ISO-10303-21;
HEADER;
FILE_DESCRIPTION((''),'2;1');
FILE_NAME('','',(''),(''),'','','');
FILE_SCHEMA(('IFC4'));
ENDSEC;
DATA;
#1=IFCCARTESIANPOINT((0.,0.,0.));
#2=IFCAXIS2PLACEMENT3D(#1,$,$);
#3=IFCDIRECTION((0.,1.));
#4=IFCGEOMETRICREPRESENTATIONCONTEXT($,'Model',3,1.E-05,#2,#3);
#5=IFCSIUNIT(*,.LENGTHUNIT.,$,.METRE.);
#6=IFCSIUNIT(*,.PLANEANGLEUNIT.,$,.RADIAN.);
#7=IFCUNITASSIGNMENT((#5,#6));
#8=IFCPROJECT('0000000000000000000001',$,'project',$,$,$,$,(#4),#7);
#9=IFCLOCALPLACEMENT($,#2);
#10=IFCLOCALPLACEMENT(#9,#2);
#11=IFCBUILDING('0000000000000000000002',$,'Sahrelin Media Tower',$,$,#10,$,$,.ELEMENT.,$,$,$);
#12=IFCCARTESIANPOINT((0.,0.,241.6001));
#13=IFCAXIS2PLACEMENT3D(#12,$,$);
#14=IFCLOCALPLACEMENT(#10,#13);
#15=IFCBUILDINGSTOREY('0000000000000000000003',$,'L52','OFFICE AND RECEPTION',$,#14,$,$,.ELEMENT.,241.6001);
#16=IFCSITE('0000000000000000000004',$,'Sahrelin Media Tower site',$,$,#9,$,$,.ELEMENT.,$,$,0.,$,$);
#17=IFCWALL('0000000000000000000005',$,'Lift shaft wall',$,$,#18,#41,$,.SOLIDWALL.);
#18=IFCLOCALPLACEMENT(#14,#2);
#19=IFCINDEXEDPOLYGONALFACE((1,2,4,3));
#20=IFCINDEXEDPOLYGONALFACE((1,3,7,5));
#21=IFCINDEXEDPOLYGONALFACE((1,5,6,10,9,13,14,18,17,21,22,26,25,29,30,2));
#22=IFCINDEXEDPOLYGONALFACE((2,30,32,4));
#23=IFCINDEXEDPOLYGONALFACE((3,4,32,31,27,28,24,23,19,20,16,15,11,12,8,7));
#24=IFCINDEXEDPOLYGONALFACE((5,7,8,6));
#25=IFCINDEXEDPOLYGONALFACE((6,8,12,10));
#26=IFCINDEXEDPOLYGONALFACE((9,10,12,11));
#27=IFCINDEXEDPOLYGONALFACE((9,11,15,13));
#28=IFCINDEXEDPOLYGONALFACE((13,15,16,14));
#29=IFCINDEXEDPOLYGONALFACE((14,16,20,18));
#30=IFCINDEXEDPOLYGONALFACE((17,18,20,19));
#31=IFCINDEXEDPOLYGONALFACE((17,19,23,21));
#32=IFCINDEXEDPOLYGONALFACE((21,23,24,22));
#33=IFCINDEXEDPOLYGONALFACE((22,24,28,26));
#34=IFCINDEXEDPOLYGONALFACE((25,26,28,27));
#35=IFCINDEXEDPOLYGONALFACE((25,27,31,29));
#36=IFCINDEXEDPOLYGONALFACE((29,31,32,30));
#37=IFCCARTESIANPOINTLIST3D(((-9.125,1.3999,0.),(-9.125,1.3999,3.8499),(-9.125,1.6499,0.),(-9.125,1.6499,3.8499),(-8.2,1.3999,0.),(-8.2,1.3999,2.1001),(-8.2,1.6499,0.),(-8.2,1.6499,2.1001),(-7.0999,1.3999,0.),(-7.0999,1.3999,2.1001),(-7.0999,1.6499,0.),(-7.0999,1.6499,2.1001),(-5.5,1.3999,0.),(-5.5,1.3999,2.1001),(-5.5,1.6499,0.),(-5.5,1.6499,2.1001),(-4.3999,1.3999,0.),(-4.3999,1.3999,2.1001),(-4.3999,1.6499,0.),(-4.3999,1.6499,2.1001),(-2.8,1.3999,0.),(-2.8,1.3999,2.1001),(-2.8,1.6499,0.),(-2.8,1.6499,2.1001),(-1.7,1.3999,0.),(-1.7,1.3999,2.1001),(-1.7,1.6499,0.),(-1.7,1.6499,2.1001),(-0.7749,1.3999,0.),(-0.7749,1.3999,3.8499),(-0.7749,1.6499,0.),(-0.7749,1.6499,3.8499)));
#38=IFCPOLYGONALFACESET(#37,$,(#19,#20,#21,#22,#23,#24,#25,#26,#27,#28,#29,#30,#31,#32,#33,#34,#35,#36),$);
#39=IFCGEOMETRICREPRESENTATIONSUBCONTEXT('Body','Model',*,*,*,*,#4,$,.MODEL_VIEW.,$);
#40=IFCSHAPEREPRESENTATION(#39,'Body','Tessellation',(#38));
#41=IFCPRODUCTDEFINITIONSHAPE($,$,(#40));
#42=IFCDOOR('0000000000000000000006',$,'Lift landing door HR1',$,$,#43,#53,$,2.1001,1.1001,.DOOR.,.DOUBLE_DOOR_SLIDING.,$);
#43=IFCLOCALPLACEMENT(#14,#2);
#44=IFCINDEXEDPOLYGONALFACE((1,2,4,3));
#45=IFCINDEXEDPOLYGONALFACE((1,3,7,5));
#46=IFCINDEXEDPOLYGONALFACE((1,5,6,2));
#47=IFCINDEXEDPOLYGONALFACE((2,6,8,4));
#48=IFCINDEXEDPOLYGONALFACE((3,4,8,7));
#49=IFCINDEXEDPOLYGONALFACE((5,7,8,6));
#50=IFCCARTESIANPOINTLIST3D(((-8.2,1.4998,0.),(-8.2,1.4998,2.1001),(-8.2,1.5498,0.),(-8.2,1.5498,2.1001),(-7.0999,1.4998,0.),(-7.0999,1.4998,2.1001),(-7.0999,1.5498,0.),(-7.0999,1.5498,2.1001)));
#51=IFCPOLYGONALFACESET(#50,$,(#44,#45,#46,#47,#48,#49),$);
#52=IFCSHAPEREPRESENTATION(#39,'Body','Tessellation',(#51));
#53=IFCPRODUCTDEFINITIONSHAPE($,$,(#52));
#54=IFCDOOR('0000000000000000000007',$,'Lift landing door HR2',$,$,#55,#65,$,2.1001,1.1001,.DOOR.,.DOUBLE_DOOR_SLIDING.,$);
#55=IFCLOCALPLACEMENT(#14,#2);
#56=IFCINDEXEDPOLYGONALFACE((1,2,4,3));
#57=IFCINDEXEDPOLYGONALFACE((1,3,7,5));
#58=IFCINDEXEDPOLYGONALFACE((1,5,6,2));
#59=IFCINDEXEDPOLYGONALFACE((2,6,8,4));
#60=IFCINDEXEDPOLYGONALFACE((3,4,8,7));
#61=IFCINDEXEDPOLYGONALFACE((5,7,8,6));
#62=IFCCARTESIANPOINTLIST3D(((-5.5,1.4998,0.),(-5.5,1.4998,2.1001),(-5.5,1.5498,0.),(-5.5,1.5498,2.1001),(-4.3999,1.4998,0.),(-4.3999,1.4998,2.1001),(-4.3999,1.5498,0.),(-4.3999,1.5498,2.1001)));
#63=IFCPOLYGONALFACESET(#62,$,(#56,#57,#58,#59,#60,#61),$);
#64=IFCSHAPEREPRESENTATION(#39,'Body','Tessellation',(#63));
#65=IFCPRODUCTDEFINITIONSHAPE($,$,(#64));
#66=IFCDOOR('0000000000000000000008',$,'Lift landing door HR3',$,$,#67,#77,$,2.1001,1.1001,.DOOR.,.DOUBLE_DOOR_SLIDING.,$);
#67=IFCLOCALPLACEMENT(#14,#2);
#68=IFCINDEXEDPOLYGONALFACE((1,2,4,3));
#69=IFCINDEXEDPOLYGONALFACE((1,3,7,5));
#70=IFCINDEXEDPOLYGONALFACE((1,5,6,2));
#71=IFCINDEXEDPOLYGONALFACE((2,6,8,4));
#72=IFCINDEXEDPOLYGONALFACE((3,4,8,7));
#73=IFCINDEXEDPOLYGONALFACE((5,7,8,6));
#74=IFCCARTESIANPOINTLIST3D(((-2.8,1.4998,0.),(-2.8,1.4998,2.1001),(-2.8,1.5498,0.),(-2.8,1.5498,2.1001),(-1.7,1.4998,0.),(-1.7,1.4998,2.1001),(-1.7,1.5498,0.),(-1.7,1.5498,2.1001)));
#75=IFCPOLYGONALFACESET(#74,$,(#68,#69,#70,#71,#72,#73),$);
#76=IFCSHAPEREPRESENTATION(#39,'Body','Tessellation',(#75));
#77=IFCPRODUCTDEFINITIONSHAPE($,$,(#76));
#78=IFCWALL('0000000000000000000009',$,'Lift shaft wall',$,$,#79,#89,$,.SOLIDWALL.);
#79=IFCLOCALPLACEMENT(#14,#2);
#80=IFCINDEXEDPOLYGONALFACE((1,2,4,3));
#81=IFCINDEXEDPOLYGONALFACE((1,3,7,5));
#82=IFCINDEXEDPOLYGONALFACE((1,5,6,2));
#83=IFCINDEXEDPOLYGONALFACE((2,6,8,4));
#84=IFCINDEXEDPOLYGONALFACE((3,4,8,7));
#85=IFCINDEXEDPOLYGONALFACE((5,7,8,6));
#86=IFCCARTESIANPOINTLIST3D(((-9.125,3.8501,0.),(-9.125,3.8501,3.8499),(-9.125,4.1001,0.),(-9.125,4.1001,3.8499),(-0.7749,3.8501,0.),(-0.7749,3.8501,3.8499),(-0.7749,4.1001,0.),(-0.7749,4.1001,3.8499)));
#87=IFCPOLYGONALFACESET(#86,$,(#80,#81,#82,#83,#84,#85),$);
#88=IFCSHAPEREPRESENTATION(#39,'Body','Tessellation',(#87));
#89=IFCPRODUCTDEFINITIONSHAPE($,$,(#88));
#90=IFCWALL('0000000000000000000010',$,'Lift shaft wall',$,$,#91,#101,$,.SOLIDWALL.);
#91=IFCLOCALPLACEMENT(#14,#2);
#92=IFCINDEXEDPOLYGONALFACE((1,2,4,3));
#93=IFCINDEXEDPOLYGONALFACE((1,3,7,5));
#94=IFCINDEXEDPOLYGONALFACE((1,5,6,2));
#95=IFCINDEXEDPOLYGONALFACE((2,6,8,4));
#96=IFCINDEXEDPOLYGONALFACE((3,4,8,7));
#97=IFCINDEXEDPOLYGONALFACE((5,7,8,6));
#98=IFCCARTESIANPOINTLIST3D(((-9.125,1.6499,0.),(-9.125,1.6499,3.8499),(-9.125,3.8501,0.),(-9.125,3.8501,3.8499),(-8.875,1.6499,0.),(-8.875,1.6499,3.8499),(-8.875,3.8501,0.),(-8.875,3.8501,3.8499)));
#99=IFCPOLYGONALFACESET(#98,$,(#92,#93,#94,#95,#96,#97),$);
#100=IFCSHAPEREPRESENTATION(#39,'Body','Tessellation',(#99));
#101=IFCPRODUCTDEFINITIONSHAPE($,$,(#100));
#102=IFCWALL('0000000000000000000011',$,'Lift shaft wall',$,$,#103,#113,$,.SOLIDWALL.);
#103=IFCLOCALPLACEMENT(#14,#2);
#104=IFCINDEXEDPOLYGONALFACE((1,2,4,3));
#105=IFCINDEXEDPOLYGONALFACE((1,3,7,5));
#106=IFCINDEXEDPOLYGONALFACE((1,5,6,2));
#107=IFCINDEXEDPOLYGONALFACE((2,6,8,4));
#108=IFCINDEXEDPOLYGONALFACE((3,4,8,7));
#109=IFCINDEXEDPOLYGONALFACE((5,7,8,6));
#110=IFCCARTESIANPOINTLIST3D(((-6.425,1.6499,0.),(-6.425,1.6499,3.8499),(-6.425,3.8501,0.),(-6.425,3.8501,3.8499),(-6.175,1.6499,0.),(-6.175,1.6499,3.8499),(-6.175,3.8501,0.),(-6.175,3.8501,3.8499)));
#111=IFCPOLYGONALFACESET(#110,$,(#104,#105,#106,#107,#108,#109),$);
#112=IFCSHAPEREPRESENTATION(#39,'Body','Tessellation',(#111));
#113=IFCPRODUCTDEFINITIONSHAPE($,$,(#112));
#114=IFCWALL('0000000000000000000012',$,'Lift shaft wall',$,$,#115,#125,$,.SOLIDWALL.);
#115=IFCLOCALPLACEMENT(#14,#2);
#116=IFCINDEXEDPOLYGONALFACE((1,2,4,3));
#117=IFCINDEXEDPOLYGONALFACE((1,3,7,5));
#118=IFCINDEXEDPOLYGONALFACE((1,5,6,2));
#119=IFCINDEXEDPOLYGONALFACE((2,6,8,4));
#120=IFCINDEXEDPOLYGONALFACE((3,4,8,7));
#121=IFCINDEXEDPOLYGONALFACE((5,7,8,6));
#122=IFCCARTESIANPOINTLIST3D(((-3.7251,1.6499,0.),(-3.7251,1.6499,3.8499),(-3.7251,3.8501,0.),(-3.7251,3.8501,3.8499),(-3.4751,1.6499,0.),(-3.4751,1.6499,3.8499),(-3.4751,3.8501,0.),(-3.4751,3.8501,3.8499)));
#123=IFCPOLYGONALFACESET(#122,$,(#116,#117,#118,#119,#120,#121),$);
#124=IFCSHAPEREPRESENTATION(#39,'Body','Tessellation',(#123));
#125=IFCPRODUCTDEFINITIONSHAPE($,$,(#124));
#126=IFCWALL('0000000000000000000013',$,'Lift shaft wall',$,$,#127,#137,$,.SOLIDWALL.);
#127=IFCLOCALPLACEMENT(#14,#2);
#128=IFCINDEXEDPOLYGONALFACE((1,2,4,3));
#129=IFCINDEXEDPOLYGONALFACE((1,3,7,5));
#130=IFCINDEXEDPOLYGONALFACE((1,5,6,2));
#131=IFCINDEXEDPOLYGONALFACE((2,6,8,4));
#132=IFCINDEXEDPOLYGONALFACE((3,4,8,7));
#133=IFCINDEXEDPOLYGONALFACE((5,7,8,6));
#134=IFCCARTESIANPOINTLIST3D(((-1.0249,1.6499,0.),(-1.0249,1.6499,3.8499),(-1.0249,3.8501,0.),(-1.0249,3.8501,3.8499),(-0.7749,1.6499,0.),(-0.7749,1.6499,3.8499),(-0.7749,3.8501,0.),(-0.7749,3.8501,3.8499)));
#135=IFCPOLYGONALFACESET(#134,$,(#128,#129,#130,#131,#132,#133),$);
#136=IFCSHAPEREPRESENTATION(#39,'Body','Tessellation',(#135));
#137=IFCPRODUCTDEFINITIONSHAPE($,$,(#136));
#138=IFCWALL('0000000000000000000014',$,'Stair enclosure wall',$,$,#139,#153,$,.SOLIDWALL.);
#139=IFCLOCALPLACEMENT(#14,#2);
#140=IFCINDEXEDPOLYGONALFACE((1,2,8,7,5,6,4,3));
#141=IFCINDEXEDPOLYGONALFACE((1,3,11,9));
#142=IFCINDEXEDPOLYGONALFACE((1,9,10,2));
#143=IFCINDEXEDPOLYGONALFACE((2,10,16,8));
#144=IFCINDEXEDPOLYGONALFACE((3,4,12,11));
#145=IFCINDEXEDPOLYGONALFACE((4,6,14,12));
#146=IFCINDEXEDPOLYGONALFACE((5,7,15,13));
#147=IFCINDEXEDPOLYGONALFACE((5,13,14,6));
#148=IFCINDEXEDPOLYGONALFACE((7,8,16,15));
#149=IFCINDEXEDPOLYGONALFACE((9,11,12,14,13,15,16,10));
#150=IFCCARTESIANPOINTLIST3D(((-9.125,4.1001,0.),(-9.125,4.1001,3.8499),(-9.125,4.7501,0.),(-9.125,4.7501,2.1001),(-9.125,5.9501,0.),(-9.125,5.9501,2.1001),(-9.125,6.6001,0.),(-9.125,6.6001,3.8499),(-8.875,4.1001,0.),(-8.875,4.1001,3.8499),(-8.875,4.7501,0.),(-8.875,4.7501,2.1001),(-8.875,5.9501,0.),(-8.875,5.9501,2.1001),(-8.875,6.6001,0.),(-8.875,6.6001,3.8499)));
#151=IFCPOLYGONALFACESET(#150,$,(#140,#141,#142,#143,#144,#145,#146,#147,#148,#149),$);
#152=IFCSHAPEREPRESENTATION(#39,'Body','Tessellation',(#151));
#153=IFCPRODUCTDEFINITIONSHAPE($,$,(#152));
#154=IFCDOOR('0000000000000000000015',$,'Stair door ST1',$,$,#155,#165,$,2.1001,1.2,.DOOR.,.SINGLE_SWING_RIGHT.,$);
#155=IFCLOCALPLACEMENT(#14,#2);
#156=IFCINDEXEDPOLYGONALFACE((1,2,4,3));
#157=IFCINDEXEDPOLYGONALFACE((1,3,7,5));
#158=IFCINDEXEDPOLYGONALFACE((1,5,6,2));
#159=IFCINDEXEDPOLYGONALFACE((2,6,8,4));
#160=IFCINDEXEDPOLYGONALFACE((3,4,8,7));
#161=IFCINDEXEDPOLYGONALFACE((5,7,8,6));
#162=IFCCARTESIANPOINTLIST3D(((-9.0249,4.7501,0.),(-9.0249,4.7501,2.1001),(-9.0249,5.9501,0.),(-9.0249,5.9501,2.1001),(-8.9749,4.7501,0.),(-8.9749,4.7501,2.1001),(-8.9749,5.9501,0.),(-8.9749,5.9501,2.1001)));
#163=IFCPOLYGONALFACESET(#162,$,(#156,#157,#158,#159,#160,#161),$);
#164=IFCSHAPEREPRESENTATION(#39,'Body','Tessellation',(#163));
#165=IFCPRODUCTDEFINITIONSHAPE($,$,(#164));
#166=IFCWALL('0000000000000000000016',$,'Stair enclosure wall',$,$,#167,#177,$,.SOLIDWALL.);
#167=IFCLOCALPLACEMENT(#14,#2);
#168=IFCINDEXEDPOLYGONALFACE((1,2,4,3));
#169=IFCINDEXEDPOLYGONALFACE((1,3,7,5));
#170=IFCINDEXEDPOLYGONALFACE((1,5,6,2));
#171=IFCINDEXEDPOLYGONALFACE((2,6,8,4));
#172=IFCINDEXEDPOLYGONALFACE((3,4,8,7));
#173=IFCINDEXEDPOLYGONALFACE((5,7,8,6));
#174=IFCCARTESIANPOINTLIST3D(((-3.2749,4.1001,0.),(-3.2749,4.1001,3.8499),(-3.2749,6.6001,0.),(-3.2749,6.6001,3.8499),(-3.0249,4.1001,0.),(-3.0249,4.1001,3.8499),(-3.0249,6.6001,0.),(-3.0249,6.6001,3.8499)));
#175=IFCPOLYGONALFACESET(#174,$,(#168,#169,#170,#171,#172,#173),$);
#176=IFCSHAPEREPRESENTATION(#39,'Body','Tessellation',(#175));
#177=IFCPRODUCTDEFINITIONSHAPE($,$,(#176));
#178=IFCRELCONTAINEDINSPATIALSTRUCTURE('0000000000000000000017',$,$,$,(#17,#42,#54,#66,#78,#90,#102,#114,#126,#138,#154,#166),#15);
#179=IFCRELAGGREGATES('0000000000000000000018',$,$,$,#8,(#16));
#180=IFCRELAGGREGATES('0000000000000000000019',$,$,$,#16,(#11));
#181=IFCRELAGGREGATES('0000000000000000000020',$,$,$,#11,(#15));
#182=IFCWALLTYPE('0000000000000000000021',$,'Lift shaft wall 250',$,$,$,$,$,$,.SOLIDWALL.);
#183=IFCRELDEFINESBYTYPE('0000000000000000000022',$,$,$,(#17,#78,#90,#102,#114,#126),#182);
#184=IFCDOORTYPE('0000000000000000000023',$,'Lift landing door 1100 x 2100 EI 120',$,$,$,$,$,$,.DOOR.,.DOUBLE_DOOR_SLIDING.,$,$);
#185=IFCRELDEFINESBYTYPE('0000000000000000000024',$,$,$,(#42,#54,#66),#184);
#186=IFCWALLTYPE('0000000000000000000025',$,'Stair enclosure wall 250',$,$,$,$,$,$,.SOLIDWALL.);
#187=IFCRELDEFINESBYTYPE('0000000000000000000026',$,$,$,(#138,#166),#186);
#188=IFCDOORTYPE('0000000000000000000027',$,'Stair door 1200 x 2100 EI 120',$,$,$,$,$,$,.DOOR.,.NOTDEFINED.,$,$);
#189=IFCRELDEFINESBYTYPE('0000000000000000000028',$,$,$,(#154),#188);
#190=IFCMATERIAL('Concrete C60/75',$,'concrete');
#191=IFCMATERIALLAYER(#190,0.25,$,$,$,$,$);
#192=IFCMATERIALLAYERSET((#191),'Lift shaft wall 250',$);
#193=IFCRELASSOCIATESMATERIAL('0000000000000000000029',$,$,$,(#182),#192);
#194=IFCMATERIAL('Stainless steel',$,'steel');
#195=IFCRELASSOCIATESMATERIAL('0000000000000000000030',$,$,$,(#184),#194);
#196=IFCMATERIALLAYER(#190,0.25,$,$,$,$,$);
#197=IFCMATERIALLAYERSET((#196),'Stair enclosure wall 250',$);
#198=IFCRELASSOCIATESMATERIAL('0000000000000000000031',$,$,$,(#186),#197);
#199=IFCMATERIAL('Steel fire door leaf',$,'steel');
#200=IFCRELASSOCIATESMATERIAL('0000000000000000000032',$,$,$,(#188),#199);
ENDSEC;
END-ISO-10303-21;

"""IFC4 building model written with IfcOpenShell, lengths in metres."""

from ifc_helpers import new_model, si_unit, direction, frame, frame_2d, origin, place, context, subcontext, project, spatial, rectangle, extrude, material, layer, layer_set, type_object, element, fill, save


model = new_model("IFC4")

# Units and contexts
model_context = context("Model", 3, precision=1e-05, world=origin(), true_north=direction((0.0, 1.0)))
body_context = subcontext(model_context, "Body", "Model", "MODEL_VIEW")
ifc_project = project(units=[si_unit("LENGTHUNIT", "METRE"), si_unit("PLANEANGLEUNIT", "RADIAN")], contexts=[model_context])

# Site, building, storey
site_placement = place(None, origin())
site = spatial("IfcSite", under=ifc_project, at=site_placement, Name="Sahrelin Media Tower site", CompositionType="ELEMENT", RefElevation=0.0)
building_placement = place(site_placement, origin())
building = spatial("IfcBuilding", under=site, at=building_placement, Name="Sahrelin Media Tower", CompositionType="ELEMENT")
storey_placement = place(building_placement, frame((0.0, 0.0, 241.6001)))
storey = spatial("IfcBuildingStorey", under=building, at=storey_placement, Name="L52", Description="OFFICE AND RECEPTION", CompositionType="ELEMENT", Elevation=241.6001)

# Shared definitions
ifc_material_1 = material(Name="Concrete C60/75", Category="concrete")

# Shared definitions
ifc_material_2 = material(Name="Steel fire door leaf", Category="steel")

# Wall, openings, doors
ifc_layer_1 = layer(ifc_material_1, 0.25)
ifc_layer_set_1 = layer_set([ifc_layer_1], Name="Lift shaft wall 250")
wall_type_1 = type_object("IfcWallType", Name="Lift shaft wall 250", PredefinedType="SOLIDWALL", material=ifc_layer_set_1)
wall_1_placement = place(storey_placement, frame((-9.125, 1.5249, 0.0), z_axis=(0.0, 0.0, 1.0), x_axis=(1.0, 0.0, 0.0)))
wall_1 = element("IfcWall", 1, at=wall_1_placement, inside=storey, type_object=wall_type_1, Name="Lift shaft wall", PredefinedType="SOLIDWALL", context=body_context, shape_type="SweptSolid", body=[
    extrude(rectangle(XDim=8.3501, YDim=0.25, at=frame_2d((4.175, 0.0))), origin(), (0.0, 0.0, 1.0), 3.8499),
])
opening_1_placement = place(wall_1_placement, frame((0.925, 0.0, 0.0)))
opening_1 = element("IfcOpeningElement", 2, at=opening_1_placement, cuts=wall_1, PredefinedType="OPENING", context=body_context, shape_type="SweptSolid", body=[
    extrude(rectangle(XDim=1.1001, YDim=2.1001, at=frame_2d((0.55, 1.05))), frame((0.0, 0.125, 0.0), z_axis=(0.0, -1.0, 0.0), x_axis=(1.0, 0.0, 0.0)), (0.0, 0.0, 1.0), 0.25),
])
opening_2_placement = place(wall_1_placement, frame((3.625, 0.0, 0.0)))
opening_2 = element("IfcOpeningElement", 3, at=opening_2_placement, cuts=wall_1, PredefinedType="OPENING", context=body_context, shape_type="SweptSolid", body=[
    extrude(rectangle(XDim=1.1001, YDim=2.1001, at=frame_2d((0.55, 1.05))), frame((0.0, 0.125, 0.0), z_axis=(0.0, -1.0, 0.0), x_axis=(1.0, 0.0, 0.0)), (0.0, 0.0, 1.0), 0.25),
])
opening_3_placement = place(wall_1_placement, frame((6.325, 0.0, 0.0)))
opening_3 = element("IfcOpeningElement", 4, at=opening_3_placement, cuts=wall_1, PredefinedType="OPENING", context=body_context, shape_type="SweptSolid", body=[
    extrude(rectangle(XDim=1.1001, YDim=2.1001, at=frame_2d((0.55, 1.05))), frame((0.0, 0.125, 0.0), z_axis=(0.0, -1.0, 0.0), x_axis=(1.0, 0.0, 0.0)), (0.0, 0.0, 1.0), 0.25),
])
ifc_material_3 = material(Name="Stainless steel", Category="steel")
door_type_1 = type_object("IfcDoorType", Name="Lift landing door 1100 x 2100 EI 120", OperationType="DOUBLE_DOOR_SLIDING", PredefinedType="DOOR", material=ifc_material_3)
door_1_placement = place(opening_1_placement, origin())
door_1 = element("IfcDoor", 5, at=door_1_placement, inside=storey, type_object=door_type_1, Name="Lift landing door HR1", OperationType="DOUBLE_DOOR_SLIDING", OverallHeight=2.1001, OverallWidth=1.1001, PredefinedType="DOOR", context=body_context, shape_type="SweptSolid", body=[
    extrude(rectangle(XDim=1.1001, YDim=2.1001, at=frame_2d((0.55, 1.05))), frame((0.0, 0.0249, 0.0), z_axis=(0.0, -1.0, 0.0), x_axis=(1.0, 0.0, 0.0)), (0.0, 0.0, 1.0), 0.05),
])
fill(opening_1, door_1)
door_2_placement = place(opening_2_placement, origin())
door_2 = element("IfcDoor", 6, at=door_2_placement, inside=storey, type_object=door_type_1, Name="Lift landing door HR2", OperationType="DOUBLE_DOOR_SLIDING", OverallHeight=2.1001, OverallWidth=1.1001, PredefinedType="DOOR", context=body_context, shape_type="SweptSolid", body=[
    extrude(rectangle(XDim=1.1001, YDim=2.1001, at=frame_2d((0.55, 1.05))), frame((0.0, 0.0249, 0.0), z_axis=(0.0, -1.0, 0.0), x_axis=(1.0, 0.0, 0.0)), (0.0, 0.0, 1.0), 0.05),
])
fill(opening_2, door_2)
door_3_placement = place(opening_3_placement, origin())
door_3 = element("IfcDoor", 7, at=door_3_placement, inside=storey, type_object=door_type_1, Name="Lift landing door HR3", OperationType="DOUBLE_DOOR_SLIDING", OverallHeight=2.1001, OverallWidth=1.1001, PredefinedType="DOOR", context=body_context, shape_type="SweptSolid", body=[
    extrude(rectangle(XDim=1.1001, YDim=2.1001, at=frame_2d((0.55, 1.05))), frame((0.0, 0.0249, 0.0), z_axis=(0.0, -1.0, 0.0), x_axis=(1.0, 0.0, 0.0)), (0.0, 0.0, 1.0), 0.05),
])
fill(opening_3, door_3)

# Walls
wall_2_placement = place(storey_placement, frame((-9.125, 3.9751, 0.0), z_axis=(0.0, 0.0, 1.0), x_axis=(1.0, 0.0, 0.0)))
element("IfcWall", 8, at=wall_2_placement, inside=storey, type_object=wall_type_1, Name="Lift shaft wall", PredefinedType="SOLIDWALL", context=body_context, shape_type="SweptSolid", body=[
    extrude(rectangle(XDim=8.3501, YDim=0.25, at=frame_2d((4.175, 0.0))), origin(), (0.0, 0.0, 1.0), 3.8499),
])
for number, where, z_axis, x_axis, name in (
    (9, (-9.0, 1.6499, 0.0), (0.0, 0.0, 1.0), (0.0, 1.0, 0.0), "Lift shaft wall"),
    (10, (-6.3, 1.6499, 0.0), (0.0, 0.0, 1.0), (0.0, 1.0, 0.0), "Lift shaft wall"),
    (11, (-3.6001, 1.6499, 0.0), (0.0, 0.0, 1.0), (0.0, 1.0, 0.0), "Lift shaft wall"),
    (12, (-0.8999, 1.6499, 0.0), (0.0, 0.0, 1.0), (0.0, 1.0, 0.0), "Lift shaft wall"),
):
    element("IfcWall", number, at=place(storey_placement, frame(where, z_axis=z_axis, x_axis=x_axis)), inside=storey, type_object=wall_type_1, Name=name, PredefinedType="SOLIDWALL", context=body_context, shape_type="SweptSolid", body=[
        extrude(rectangle(XDim=2.2002, YDim=0.25, at=frame_2d((1.1001, 0.0))), origin(), (0.0, 0.0, 1.0), 3.8499),
    ])

# Wall, opening, door
ifc_layer_2 = layer(ifc_material_1, 0.25)
ifc_layer_set_2 = layer_set([ifc_layer_2], Name="Stair enclosure wall 250")
wall_type_2 = type_object("IfcWallType", Name="Stair enclosure wall 250", PredefinedType="SOLIDWALL", material=ifc_layer_set_2)
wall_3_placement = place(storey_placement, frame((-9.0, 4.1001, 0.0), z_axis=(0.0, 0.0, 1.0), x_axis=(0.0, 1.0, 0.0)))
wall_3 = element("IfcWall", 13, at=wall_3_placement, inside=storey, type_object=wall_type_2, Name="Stair enclosure wall", PredefinedType="SOLIDWALL", context=body_context, shape_type="SweptSolid", body=[
    extrude(rectangle(XDim=2.5, YDim=0.25, at=frame_2d((1.25, 0.0))), origin(), (0.0, 0.0, 1.0), 3.8499),
])
opening_4_placement = place(wall_3_placement, frame((0.6499, 0.0, 0.0)))
opening_4 = element("IfcOpeningElement", 14, at=opening_4_placement, cuts=wall_3, PredefinedType="OPENING", context=body_context, shape_type="SweptSolid", body=[
    extrude(rectangle(XDim=1.2, YDim=2.1001, at=frame_2d((0.6001, 1.05))), frame((0.0, 0.125, 0.0), z_axis=(0.0, -1.0, 0.0), x_axis=(1.0, 0.0, 0.0)), (0.0, 0.0, 1.0), 0.25),
])
door_type_2 = type_object("IfcDoorType", Name="Stair door 1200 x 2100 EI 120", OperationType="NOTDEFINED", PredefinedType="DOOR", material=ifc_material_2)
door_4_placement = place(opening_4_placement, origin())
door_4 = element("IfcDoor", 15, at=door_4_placement, inside=storey, type_object=door_type_2, Name="Stair door ST1", OperationType="SINGLE_SWING_RIGHT", OverallHeight=2.1001, OverallWidth=1.2, PredefinedType="DOOR", context=body_context, shape_type="SweptSolid", body=[
    extrude(rectangle(XDim=1.2, YDim=2.1001, at=frame_2d((0.6001, 1.05))), frame((0.0, 0.0249, 0.0), z_axis=(0.0, -1.0, 0.0), x_axis=(1.0, 0.0, 0.0)), (0.0, 0.0, 1.0), 0.05),
])
fill(opening_4, door_4)

# Wall
wall_4_placement = place(storey_placement, frame((-3.1499, 4.1001, 0.0), z_axis=(0.0, 0.0, 1.0), x_axis=(0.0, 1.0, 0.0)))
element("IfcWall", 16, at=wall_4_placement, inside=storey, type_object=wall_type_2, Name="Stair enclosure wall", PredefinedType="SOLIDWALL", context=body_context, shape_type="SweptSolid", body=[
    extrude(rectangle(XDim=2.5, YDim=0.25, at=frame_2d((1.25, 0.0))), origin(), (0.0, 0.0, 1.0), 3.8499),
])

save(model, "model.ifc")
